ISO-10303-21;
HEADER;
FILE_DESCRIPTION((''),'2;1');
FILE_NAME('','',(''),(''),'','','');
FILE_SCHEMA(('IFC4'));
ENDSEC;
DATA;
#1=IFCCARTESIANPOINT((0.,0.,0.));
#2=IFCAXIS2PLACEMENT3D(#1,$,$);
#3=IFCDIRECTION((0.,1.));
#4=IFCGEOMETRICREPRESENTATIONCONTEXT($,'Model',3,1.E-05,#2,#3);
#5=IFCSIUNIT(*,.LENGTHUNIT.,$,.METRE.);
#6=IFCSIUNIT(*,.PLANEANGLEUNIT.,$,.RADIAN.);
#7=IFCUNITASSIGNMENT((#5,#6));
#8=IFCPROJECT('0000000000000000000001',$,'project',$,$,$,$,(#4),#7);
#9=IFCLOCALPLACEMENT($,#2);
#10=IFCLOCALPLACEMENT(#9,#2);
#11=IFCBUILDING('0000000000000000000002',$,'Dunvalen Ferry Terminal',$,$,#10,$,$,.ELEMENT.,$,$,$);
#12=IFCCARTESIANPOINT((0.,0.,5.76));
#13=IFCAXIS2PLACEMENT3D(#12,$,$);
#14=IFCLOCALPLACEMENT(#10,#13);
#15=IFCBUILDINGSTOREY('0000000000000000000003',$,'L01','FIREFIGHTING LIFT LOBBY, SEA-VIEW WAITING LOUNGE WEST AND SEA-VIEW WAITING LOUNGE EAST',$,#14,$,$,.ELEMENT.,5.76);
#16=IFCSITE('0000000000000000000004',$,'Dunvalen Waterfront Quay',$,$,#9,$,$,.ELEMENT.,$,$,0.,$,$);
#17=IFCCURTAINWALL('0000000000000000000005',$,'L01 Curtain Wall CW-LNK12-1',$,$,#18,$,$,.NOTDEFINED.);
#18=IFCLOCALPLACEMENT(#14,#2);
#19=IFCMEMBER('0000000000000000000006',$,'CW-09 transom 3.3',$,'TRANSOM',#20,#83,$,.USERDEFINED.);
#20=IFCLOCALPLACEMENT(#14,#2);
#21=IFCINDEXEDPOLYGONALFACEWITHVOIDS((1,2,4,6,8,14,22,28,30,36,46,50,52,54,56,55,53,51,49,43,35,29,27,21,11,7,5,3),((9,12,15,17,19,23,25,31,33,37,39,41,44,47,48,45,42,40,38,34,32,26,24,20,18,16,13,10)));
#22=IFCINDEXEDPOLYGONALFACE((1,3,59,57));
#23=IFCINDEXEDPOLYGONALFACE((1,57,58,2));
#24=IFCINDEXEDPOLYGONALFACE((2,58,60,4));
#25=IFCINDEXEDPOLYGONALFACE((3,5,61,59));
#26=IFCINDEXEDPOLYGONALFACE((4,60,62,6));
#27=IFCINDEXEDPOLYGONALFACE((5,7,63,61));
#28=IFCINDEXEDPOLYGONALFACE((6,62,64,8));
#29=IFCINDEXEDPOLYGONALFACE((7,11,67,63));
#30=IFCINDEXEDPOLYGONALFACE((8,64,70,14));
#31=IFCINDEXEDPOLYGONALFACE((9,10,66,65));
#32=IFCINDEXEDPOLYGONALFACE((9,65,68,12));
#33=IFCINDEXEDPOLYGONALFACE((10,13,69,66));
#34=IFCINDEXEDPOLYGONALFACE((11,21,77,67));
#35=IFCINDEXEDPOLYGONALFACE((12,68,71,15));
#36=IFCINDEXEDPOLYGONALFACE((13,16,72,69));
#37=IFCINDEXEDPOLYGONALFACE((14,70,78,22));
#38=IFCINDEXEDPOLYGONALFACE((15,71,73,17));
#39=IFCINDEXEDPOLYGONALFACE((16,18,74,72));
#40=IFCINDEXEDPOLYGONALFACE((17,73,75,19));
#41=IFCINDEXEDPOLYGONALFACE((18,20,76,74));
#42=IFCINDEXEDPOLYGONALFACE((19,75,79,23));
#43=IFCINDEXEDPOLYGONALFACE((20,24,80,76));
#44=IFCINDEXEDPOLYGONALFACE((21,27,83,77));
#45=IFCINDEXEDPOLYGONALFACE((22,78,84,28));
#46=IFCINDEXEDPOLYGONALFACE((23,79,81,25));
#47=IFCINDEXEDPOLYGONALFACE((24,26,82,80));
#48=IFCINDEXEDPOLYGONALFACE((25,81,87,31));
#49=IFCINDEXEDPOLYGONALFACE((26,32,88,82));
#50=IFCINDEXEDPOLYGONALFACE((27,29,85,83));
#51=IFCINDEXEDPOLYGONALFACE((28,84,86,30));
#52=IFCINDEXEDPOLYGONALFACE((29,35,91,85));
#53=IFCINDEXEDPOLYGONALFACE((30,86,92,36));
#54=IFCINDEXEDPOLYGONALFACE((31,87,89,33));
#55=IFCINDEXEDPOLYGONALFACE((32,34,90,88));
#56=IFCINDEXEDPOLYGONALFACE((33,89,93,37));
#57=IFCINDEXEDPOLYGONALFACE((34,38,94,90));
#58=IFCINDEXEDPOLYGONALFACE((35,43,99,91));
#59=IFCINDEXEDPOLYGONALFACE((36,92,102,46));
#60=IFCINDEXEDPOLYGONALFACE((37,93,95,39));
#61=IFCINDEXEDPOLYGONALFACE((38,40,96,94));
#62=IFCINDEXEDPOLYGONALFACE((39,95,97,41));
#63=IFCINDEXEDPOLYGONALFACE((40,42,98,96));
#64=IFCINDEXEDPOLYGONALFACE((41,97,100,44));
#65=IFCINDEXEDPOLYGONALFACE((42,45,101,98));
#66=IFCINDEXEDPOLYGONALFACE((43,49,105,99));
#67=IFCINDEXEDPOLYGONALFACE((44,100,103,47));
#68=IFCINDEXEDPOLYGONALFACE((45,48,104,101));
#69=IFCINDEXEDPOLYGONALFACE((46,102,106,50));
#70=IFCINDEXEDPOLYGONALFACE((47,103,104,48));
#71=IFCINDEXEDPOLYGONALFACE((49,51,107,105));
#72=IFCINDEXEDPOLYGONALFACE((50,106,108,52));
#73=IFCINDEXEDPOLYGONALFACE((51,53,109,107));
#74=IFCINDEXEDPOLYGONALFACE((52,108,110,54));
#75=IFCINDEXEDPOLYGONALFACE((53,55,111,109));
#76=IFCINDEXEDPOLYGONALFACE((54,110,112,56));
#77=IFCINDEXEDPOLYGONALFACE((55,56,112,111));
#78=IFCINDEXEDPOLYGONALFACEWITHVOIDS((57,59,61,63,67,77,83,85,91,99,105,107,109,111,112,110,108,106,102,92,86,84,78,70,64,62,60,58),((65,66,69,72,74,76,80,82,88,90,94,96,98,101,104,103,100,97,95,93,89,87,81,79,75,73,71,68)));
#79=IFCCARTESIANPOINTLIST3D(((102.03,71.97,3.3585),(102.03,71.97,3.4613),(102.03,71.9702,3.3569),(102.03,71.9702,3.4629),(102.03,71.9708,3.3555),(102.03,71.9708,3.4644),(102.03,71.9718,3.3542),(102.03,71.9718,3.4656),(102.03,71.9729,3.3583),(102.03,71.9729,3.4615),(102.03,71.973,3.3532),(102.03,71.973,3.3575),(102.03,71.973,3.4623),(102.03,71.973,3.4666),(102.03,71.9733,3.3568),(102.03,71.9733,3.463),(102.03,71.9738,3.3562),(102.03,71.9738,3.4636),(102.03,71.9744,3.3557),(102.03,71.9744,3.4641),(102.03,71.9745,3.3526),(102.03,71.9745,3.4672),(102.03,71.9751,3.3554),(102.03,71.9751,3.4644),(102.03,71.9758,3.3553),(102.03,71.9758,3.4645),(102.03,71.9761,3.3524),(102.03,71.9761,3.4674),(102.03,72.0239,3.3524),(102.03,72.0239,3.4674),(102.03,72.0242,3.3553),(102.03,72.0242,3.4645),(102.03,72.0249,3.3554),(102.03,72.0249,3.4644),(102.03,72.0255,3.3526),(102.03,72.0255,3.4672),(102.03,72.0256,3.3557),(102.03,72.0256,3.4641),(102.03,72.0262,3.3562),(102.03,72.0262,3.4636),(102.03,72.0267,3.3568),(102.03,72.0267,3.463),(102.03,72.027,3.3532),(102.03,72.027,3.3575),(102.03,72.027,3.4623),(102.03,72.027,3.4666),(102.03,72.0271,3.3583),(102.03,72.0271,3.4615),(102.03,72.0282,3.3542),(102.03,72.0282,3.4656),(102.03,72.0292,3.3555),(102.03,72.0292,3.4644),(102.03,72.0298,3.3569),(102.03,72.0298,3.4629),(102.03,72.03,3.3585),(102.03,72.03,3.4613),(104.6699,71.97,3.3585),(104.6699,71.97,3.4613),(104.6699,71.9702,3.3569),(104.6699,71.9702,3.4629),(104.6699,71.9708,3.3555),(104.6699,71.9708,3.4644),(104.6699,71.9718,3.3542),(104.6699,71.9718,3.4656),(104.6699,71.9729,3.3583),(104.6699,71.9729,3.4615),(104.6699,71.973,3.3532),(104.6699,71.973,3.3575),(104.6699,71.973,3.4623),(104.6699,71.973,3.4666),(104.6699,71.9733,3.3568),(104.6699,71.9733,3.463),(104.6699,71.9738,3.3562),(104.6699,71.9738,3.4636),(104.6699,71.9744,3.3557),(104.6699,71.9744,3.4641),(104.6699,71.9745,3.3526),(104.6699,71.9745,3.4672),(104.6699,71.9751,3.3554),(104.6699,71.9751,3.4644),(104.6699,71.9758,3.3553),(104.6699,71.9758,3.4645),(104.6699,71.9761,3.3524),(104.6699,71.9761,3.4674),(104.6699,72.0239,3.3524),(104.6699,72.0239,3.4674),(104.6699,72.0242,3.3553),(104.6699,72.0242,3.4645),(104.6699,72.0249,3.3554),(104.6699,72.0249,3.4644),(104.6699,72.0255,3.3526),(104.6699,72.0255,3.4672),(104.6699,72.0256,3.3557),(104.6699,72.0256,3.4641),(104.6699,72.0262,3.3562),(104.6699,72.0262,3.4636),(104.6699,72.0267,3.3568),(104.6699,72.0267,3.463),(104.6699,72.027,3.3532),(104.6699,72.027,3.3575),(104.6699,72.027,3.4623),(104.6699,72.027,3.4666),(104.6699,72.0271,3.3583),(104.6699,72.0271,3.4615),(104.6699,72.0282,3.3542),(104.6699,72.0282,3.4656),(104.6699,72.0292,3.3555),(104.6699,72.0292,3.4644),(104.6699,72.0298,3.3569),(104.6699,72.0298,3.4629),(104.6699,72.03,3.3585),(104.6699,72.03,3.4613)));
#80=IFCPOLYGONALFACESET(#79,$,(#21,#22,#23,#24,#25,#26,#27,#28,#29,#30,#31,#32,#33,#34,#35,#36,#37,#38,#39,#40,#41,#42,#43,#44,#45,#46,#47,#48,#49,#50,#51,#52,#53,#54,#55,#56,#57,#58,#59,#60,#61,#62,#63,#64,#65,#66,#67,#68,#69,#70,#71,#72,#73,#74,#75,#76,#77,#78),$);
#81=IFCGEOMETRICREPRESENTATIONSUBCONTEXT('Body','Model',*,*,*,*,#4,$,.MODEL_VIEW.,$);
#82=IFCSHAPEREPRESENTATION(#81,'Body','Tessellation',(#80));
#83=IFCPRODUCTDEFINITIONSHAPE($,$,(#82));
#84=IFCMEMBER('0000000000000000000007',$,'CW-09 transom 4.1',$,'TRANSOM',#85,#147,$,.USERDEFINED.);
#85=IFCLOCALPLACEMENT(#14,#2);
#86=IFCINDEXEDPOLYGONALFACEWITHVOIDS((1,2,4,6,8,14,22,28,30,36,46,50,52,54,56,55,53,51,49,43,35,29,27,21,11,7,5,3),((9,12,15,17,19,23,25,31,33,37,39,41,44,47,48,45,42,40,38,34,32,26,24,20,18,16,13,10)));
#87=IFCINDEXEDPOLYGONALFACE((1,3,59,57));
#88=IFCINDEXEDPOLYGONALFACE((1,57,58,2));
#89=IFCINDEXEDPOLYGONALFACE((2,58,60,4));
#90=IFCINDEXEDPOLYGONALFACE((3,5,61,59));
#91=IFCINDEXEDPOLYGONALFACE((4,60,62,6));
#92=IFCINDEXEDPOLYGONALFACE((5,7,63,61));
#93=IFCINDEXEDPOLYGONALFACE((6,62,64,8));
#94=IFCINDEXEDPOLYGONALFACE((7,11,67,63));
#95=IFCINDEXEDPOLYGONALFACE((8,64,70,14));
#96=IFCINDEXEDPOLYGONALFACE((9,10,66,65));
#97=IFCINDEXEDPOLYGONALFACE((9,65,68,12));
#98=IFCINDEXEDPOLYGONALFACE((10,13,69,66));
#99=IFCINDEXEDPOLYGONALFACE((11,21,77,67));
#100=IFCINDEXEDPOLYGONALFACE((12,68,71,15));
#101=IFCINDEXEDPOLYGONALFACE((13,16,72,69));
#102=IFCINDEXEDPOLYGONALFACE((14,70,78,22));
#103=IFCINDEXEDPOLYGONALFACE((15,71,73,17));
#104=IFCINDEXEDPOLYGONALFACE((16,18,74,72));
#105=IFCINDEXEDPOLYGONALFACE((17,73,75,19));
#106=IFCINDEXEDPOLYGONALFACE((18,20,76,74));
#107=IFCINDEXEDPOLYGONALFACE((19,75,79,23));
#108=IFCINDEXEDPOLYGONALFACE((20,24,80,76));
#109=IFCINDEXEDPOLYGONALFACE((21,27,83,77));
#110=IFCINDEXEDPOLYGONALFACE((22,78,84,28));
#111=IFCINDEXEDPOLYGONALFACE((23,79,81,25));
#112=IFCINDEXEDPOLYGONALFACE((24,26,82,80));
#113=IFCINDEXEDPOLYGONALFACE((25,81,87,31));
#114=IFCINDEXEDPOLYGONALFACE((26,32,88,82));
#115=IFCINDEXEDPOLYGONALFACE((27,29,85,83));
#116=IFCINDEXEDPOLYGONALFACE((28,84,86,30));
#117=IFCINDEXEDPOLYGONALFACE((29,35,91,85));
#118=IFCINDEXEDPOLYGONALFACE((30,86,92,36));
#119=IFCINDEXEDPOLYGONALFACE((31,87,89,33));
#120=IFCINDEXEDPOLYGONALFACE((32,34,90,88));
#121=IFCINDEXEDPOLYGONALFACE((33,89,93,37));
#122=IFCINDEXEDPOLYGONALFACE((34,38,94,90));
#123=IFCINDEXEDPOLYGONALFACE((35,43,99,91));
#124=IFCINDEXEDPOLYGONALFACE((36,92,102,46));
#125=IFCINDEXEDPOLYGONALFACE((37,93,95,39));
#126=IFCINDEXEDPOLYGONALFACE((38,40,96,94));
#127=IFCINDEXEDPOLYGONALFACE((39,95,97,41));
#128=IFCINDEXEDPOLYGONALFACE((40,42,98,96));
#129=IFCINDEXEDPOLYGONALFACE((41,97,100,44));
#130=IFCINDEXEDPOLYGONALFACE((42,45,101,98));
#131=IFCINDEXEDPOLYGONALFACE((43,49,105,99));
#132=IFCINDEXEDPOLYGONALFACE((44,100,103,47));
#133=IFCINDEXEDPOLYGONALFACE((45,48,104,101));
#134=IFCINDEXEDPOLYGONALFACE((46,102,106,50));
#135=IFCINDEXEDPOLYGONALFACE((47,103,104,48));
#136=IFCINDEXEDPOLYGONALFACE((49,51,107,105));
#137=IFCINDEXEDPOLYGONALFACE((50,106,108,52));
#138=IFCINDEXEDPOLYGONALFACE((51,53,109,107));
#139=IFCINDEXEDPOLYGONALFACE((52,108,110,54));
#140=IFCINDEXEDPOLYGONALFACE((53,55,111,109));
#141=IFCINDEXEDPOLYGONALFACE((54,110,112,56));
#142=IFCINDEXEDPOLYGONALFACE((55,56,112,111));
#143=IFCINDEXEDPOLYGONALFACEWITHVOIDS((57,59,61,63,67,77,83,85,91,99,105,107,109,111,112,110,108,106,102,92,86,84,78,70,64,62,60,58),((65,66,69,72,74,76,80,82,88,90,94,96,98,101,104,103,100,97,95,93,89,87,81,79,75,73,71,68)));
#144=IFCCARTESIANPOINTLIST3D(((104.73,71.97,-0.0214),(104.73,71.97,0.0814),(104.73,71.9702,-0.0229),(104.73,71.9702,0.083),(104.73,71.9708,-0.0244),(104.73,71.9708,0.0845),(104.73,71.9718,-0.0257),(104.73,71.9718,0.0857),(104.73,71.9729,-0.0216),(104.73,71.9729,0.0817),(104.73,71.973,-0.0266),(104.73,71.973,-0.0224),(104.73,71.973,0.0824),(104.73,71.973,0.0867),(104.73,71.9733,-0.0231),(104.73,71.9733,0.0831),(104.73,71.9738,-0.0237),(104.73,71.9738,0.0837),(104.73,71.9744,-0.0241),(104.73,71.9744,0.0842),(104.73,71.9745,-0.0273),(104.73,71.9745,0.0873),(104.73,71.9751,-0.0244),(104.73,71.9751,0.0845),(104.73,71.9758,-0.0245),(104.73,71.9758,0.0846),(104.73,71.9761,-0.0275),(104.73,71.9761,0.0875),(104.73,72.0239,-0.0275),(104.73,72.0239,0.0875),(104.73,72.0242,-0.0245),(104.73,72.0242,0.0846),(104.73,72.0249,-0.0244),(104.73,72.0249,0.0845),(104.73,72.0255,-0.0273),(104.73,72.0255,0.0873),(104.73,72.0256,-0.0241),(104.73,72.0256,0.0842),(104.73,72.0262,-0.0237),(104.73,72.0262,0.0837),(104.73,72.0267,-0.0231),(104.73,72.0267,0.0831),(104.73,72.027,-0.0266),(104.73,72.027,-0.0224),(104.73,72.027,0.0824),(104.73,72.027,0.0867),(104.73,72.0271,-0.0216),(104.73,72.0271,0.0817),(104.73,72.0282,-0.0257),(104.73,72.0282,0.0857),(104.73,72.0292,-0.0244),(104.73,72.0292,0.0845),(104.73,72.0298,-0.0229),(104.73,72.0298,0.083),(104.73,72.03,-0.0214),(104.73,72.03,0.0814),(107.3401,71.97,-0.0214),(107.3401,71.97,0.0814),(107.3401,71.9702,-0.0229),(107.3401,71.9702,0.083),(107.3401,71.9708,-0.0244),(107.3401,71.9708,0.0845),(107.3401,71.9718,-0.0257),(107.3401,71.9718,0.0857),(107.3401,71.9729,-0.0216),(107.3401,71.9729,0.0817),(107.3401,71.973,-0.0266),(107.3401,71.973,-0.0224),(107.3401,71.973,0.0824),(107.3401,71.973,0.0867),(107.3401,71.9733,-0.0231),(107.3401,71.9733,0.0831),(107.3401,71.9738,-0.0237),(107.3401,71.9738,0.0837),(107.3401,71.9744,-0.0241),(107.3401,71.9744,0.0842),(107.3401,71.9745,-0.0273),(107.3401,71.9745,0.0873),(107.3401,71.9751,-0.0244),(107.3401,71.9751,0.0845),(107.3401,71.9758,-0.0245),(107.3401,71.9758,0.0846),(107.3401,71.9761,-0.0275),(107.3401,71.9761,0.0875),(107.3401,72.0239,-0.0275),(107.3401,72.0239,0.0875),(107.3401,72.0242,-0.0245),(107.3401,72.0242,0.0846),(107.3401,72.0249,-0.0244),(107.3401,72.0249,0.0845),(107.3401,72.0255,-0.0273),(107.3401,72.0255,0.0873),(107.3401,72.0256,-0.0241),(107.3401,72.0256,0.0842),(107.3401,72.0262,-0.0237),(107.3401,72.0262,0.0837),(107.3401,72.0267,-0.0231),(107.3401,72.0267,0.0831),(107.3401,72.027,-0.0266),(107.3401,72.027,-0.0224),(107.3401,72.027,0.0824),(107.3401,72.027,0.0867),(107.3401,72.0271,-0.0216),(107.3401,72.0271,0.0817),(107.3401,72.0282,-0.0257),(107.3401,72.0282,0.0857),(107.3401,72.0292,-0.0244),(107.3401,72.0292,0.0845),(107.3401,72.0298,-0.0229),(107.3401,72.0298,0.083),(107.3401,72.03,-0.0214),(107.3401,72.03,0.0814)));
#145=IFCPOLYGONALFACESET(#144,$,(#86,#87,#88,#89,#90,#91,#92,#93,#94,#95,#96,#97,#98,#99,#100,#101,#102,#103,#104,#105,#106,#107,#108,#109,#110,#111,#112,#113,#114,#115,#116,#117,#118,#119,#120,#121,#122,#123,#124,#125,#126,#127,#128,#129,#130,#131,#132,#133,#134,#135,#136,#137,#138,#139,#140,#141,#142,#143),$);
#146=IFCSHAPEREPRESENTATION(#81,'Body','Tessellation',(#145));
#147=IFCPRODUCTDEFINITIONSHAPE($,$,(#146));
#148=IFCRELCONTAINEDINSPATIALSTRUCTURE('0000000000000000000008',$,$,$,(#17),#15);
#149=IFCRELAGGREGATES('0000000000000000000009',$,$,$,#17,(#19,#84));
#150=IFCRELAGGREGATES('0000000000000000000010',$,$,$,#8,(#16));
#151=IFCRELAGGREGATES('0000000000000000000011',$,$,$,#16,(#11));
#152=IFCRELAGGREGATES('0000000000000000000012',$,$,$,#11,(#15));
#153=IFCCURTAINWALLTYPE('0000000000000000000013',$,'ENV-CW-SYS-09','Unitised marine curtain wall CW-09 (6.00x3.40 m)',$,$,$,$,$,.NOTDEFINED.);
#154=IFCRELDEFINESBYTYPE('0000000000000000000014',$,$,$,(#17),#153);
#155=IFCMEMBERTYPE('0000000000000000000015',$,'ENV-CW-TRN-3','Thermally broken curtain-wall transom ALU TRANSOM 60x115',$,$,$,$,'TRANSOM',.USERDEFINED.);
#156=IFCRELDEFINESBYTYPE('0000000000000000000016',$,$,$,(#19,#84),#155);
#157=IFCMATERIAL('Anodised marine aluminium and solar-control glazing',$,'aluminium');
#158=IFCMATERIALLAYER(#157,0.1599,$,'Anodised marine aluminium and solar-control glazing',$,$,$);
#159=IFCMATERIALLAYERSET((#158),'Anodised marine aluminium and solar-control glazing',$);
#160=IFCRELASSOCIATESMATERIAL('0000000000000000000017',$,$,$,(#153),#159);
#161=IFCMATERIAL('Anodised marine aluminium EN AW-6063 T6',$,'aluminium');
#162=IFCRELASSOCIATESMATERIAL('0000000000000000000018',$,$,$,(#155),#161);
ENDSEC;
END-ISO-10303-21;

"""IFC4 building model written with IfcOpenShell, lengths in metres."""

from ifc_helpers import new_model, si_unit, direction, frame, origin, origin_2d, place, context, subcontext, project, spatial, hollow_rectangle, extrude, material, layer, layer_set, material_profile, profile_set, type_object, element, aggregate, save


model = new_model("IFC4")

# Units and contexts
model_context = context("Model", 3, precision=1e-05, world=origin(), true_north=direction((0.0, 1.0)))
body_context = subcontext(model_context, "Body", "Model", "MODEL_VIEW")
ifc_project = project(units=[si_unit("LENGTHUNIT", "METRE"), si_unit("PLANEANGLEUNIT", "RADIAN")], contexts=[model_context])

# Site, building, storey
site_placement = place(None, origin())
site = spatial("IfcSite", under=ifc_project, at=site_placement, Name="Dunvalen Waterfront Quay", CompositionType="ELEMENT", RefElevation=0.0)
building_placement = place(site_placement, origin())
building = spatial("IfcBuilding", under=site, at=building_placement, Name="Dunvalen Ferry Terminal", CompositionType="ELEMENT")
storey_placement = place(building_placement, frame((0.0, 0.0, 5.76)))
storey = spatial("IfcBuildingStorey", under=building, at=storey_placement, Name="L01", Description="FIREFIGHTING LIFT LOBBY, SEA-VIEW WAITING LOUNGE WEST AND SEA-VIEW WAITING LOUNGE EAST", CompositionType="ELEMENT", Elevation=5.76)

# Curtain wall
ifc_material_1 = material(Name="Anodised marine aluminium and solar-control glazing", Category="aluminium")
ifc_material_2 = material(Name="Anodised marine aluminium EN AW-6063 T6", Category="aluminium")
ifc_layer_1 = layer(ifc_material_1, 0.1599, Name="Anodised marine aluminium and solar-control glazing")
ifc_layer_set_1 = layer_set([ifc_layer_1], Name="Anodised marine aluminium and solar-control glazing")
curtain_wall_type_1 = type_object("IfcCurtainWallType", Name="ENV-CW-SYS-09", Description="Unitised marine curtain wall CW-09 (6.00x3.40 m)", PredefinedType="NOTDEFINED", material=ifc_layer_set_1)
curtain_wall_1_placement = place(storey_placement, origin())
curtain_wall_1 = element("IfcCurtainWall", 1, at=curtain_wall_1_placement, inside=storey, type_object=curtain_wall_type_1, Name="L01 Curtain Wall CW-LNK12-1", PredefinedType="NOTDEFINED")

# Members
ifc_material_profile_1 = material_profile(ifc_material_2, hollow_rectangle(XDim=0.0601, YDim=0.115, WallThickness=0.0029, InnerFilletRadius=0.0029, OuterFilletRadius=0.0061, at=origin_2d()), Name="Anodised marine aluminium EN AW-6063 T6")
ifc_profile_set_1 = profile_set([ifc_material_profile_1], Name="Anodised marine aluminium EN AW-6063 T6")
member_type_1 = type_object("IfcMemberType", Name="ENV-CW-TRN-3", Description="Thermally broken curtain-wall transom ALU TRANSOM 60x115", ElementType="TRANSOM", PredefinedType="USERDEFINED", material=ifc_profile_set_1)
member_1_placement = place(storey_placement, frame((102.03, 72.0, 3.4099), z_axis=(1.0, 0.0, 0.0), x_axis=(0.0, 1.0, 0.0)))
member_1 = element("IfcMember", 2, at=member_1_placement, type_object=member_type_1, Name="CW-09 transom 3.3", ObjectType="TRANSOM", PredefinedType="USERDEFINED", context=body_context, shape_type="SweptSolid", body=[
    extrude(hollow_rectangle(XDim=0.0601, YDim=0.115, WallThickness=0.0029, InnerFilletRadius=0.0029, OuterFilletRadius=0.0061, at=origin_2d()), origin(), (0.0, 0.0, 1.0), 2.6399),
])
member_2_placement = place(storey_placement, frame((104.73, 72.0, 0.03), z_axis=(1.0, 0.0, 0.0), x_axis=(0.0, 1.0, 0.0)))
member_2 = element("IfcMember", 3, at=member_2_placement, type_object=member_type_1, Name="CW-09 transom 4.1", ObjectType="TRANSOM", PredefinedType="USERDEFINED", context=body_context, shape_type="SweptSolid", body=[
    extrude(hollow_rectangle(XDim=0.0601, YDim=0.115, WallThickness=0.0029, InnerFilletRadius=0.0029, OuterFilletRadius=0.0061, at=origin_2d()), origin(), (0.0, 0.0, 1.0), 2.6101),
])

aggregate(curtain_wall_1, [member_1, member_2])

save(model, "model.ifc")
